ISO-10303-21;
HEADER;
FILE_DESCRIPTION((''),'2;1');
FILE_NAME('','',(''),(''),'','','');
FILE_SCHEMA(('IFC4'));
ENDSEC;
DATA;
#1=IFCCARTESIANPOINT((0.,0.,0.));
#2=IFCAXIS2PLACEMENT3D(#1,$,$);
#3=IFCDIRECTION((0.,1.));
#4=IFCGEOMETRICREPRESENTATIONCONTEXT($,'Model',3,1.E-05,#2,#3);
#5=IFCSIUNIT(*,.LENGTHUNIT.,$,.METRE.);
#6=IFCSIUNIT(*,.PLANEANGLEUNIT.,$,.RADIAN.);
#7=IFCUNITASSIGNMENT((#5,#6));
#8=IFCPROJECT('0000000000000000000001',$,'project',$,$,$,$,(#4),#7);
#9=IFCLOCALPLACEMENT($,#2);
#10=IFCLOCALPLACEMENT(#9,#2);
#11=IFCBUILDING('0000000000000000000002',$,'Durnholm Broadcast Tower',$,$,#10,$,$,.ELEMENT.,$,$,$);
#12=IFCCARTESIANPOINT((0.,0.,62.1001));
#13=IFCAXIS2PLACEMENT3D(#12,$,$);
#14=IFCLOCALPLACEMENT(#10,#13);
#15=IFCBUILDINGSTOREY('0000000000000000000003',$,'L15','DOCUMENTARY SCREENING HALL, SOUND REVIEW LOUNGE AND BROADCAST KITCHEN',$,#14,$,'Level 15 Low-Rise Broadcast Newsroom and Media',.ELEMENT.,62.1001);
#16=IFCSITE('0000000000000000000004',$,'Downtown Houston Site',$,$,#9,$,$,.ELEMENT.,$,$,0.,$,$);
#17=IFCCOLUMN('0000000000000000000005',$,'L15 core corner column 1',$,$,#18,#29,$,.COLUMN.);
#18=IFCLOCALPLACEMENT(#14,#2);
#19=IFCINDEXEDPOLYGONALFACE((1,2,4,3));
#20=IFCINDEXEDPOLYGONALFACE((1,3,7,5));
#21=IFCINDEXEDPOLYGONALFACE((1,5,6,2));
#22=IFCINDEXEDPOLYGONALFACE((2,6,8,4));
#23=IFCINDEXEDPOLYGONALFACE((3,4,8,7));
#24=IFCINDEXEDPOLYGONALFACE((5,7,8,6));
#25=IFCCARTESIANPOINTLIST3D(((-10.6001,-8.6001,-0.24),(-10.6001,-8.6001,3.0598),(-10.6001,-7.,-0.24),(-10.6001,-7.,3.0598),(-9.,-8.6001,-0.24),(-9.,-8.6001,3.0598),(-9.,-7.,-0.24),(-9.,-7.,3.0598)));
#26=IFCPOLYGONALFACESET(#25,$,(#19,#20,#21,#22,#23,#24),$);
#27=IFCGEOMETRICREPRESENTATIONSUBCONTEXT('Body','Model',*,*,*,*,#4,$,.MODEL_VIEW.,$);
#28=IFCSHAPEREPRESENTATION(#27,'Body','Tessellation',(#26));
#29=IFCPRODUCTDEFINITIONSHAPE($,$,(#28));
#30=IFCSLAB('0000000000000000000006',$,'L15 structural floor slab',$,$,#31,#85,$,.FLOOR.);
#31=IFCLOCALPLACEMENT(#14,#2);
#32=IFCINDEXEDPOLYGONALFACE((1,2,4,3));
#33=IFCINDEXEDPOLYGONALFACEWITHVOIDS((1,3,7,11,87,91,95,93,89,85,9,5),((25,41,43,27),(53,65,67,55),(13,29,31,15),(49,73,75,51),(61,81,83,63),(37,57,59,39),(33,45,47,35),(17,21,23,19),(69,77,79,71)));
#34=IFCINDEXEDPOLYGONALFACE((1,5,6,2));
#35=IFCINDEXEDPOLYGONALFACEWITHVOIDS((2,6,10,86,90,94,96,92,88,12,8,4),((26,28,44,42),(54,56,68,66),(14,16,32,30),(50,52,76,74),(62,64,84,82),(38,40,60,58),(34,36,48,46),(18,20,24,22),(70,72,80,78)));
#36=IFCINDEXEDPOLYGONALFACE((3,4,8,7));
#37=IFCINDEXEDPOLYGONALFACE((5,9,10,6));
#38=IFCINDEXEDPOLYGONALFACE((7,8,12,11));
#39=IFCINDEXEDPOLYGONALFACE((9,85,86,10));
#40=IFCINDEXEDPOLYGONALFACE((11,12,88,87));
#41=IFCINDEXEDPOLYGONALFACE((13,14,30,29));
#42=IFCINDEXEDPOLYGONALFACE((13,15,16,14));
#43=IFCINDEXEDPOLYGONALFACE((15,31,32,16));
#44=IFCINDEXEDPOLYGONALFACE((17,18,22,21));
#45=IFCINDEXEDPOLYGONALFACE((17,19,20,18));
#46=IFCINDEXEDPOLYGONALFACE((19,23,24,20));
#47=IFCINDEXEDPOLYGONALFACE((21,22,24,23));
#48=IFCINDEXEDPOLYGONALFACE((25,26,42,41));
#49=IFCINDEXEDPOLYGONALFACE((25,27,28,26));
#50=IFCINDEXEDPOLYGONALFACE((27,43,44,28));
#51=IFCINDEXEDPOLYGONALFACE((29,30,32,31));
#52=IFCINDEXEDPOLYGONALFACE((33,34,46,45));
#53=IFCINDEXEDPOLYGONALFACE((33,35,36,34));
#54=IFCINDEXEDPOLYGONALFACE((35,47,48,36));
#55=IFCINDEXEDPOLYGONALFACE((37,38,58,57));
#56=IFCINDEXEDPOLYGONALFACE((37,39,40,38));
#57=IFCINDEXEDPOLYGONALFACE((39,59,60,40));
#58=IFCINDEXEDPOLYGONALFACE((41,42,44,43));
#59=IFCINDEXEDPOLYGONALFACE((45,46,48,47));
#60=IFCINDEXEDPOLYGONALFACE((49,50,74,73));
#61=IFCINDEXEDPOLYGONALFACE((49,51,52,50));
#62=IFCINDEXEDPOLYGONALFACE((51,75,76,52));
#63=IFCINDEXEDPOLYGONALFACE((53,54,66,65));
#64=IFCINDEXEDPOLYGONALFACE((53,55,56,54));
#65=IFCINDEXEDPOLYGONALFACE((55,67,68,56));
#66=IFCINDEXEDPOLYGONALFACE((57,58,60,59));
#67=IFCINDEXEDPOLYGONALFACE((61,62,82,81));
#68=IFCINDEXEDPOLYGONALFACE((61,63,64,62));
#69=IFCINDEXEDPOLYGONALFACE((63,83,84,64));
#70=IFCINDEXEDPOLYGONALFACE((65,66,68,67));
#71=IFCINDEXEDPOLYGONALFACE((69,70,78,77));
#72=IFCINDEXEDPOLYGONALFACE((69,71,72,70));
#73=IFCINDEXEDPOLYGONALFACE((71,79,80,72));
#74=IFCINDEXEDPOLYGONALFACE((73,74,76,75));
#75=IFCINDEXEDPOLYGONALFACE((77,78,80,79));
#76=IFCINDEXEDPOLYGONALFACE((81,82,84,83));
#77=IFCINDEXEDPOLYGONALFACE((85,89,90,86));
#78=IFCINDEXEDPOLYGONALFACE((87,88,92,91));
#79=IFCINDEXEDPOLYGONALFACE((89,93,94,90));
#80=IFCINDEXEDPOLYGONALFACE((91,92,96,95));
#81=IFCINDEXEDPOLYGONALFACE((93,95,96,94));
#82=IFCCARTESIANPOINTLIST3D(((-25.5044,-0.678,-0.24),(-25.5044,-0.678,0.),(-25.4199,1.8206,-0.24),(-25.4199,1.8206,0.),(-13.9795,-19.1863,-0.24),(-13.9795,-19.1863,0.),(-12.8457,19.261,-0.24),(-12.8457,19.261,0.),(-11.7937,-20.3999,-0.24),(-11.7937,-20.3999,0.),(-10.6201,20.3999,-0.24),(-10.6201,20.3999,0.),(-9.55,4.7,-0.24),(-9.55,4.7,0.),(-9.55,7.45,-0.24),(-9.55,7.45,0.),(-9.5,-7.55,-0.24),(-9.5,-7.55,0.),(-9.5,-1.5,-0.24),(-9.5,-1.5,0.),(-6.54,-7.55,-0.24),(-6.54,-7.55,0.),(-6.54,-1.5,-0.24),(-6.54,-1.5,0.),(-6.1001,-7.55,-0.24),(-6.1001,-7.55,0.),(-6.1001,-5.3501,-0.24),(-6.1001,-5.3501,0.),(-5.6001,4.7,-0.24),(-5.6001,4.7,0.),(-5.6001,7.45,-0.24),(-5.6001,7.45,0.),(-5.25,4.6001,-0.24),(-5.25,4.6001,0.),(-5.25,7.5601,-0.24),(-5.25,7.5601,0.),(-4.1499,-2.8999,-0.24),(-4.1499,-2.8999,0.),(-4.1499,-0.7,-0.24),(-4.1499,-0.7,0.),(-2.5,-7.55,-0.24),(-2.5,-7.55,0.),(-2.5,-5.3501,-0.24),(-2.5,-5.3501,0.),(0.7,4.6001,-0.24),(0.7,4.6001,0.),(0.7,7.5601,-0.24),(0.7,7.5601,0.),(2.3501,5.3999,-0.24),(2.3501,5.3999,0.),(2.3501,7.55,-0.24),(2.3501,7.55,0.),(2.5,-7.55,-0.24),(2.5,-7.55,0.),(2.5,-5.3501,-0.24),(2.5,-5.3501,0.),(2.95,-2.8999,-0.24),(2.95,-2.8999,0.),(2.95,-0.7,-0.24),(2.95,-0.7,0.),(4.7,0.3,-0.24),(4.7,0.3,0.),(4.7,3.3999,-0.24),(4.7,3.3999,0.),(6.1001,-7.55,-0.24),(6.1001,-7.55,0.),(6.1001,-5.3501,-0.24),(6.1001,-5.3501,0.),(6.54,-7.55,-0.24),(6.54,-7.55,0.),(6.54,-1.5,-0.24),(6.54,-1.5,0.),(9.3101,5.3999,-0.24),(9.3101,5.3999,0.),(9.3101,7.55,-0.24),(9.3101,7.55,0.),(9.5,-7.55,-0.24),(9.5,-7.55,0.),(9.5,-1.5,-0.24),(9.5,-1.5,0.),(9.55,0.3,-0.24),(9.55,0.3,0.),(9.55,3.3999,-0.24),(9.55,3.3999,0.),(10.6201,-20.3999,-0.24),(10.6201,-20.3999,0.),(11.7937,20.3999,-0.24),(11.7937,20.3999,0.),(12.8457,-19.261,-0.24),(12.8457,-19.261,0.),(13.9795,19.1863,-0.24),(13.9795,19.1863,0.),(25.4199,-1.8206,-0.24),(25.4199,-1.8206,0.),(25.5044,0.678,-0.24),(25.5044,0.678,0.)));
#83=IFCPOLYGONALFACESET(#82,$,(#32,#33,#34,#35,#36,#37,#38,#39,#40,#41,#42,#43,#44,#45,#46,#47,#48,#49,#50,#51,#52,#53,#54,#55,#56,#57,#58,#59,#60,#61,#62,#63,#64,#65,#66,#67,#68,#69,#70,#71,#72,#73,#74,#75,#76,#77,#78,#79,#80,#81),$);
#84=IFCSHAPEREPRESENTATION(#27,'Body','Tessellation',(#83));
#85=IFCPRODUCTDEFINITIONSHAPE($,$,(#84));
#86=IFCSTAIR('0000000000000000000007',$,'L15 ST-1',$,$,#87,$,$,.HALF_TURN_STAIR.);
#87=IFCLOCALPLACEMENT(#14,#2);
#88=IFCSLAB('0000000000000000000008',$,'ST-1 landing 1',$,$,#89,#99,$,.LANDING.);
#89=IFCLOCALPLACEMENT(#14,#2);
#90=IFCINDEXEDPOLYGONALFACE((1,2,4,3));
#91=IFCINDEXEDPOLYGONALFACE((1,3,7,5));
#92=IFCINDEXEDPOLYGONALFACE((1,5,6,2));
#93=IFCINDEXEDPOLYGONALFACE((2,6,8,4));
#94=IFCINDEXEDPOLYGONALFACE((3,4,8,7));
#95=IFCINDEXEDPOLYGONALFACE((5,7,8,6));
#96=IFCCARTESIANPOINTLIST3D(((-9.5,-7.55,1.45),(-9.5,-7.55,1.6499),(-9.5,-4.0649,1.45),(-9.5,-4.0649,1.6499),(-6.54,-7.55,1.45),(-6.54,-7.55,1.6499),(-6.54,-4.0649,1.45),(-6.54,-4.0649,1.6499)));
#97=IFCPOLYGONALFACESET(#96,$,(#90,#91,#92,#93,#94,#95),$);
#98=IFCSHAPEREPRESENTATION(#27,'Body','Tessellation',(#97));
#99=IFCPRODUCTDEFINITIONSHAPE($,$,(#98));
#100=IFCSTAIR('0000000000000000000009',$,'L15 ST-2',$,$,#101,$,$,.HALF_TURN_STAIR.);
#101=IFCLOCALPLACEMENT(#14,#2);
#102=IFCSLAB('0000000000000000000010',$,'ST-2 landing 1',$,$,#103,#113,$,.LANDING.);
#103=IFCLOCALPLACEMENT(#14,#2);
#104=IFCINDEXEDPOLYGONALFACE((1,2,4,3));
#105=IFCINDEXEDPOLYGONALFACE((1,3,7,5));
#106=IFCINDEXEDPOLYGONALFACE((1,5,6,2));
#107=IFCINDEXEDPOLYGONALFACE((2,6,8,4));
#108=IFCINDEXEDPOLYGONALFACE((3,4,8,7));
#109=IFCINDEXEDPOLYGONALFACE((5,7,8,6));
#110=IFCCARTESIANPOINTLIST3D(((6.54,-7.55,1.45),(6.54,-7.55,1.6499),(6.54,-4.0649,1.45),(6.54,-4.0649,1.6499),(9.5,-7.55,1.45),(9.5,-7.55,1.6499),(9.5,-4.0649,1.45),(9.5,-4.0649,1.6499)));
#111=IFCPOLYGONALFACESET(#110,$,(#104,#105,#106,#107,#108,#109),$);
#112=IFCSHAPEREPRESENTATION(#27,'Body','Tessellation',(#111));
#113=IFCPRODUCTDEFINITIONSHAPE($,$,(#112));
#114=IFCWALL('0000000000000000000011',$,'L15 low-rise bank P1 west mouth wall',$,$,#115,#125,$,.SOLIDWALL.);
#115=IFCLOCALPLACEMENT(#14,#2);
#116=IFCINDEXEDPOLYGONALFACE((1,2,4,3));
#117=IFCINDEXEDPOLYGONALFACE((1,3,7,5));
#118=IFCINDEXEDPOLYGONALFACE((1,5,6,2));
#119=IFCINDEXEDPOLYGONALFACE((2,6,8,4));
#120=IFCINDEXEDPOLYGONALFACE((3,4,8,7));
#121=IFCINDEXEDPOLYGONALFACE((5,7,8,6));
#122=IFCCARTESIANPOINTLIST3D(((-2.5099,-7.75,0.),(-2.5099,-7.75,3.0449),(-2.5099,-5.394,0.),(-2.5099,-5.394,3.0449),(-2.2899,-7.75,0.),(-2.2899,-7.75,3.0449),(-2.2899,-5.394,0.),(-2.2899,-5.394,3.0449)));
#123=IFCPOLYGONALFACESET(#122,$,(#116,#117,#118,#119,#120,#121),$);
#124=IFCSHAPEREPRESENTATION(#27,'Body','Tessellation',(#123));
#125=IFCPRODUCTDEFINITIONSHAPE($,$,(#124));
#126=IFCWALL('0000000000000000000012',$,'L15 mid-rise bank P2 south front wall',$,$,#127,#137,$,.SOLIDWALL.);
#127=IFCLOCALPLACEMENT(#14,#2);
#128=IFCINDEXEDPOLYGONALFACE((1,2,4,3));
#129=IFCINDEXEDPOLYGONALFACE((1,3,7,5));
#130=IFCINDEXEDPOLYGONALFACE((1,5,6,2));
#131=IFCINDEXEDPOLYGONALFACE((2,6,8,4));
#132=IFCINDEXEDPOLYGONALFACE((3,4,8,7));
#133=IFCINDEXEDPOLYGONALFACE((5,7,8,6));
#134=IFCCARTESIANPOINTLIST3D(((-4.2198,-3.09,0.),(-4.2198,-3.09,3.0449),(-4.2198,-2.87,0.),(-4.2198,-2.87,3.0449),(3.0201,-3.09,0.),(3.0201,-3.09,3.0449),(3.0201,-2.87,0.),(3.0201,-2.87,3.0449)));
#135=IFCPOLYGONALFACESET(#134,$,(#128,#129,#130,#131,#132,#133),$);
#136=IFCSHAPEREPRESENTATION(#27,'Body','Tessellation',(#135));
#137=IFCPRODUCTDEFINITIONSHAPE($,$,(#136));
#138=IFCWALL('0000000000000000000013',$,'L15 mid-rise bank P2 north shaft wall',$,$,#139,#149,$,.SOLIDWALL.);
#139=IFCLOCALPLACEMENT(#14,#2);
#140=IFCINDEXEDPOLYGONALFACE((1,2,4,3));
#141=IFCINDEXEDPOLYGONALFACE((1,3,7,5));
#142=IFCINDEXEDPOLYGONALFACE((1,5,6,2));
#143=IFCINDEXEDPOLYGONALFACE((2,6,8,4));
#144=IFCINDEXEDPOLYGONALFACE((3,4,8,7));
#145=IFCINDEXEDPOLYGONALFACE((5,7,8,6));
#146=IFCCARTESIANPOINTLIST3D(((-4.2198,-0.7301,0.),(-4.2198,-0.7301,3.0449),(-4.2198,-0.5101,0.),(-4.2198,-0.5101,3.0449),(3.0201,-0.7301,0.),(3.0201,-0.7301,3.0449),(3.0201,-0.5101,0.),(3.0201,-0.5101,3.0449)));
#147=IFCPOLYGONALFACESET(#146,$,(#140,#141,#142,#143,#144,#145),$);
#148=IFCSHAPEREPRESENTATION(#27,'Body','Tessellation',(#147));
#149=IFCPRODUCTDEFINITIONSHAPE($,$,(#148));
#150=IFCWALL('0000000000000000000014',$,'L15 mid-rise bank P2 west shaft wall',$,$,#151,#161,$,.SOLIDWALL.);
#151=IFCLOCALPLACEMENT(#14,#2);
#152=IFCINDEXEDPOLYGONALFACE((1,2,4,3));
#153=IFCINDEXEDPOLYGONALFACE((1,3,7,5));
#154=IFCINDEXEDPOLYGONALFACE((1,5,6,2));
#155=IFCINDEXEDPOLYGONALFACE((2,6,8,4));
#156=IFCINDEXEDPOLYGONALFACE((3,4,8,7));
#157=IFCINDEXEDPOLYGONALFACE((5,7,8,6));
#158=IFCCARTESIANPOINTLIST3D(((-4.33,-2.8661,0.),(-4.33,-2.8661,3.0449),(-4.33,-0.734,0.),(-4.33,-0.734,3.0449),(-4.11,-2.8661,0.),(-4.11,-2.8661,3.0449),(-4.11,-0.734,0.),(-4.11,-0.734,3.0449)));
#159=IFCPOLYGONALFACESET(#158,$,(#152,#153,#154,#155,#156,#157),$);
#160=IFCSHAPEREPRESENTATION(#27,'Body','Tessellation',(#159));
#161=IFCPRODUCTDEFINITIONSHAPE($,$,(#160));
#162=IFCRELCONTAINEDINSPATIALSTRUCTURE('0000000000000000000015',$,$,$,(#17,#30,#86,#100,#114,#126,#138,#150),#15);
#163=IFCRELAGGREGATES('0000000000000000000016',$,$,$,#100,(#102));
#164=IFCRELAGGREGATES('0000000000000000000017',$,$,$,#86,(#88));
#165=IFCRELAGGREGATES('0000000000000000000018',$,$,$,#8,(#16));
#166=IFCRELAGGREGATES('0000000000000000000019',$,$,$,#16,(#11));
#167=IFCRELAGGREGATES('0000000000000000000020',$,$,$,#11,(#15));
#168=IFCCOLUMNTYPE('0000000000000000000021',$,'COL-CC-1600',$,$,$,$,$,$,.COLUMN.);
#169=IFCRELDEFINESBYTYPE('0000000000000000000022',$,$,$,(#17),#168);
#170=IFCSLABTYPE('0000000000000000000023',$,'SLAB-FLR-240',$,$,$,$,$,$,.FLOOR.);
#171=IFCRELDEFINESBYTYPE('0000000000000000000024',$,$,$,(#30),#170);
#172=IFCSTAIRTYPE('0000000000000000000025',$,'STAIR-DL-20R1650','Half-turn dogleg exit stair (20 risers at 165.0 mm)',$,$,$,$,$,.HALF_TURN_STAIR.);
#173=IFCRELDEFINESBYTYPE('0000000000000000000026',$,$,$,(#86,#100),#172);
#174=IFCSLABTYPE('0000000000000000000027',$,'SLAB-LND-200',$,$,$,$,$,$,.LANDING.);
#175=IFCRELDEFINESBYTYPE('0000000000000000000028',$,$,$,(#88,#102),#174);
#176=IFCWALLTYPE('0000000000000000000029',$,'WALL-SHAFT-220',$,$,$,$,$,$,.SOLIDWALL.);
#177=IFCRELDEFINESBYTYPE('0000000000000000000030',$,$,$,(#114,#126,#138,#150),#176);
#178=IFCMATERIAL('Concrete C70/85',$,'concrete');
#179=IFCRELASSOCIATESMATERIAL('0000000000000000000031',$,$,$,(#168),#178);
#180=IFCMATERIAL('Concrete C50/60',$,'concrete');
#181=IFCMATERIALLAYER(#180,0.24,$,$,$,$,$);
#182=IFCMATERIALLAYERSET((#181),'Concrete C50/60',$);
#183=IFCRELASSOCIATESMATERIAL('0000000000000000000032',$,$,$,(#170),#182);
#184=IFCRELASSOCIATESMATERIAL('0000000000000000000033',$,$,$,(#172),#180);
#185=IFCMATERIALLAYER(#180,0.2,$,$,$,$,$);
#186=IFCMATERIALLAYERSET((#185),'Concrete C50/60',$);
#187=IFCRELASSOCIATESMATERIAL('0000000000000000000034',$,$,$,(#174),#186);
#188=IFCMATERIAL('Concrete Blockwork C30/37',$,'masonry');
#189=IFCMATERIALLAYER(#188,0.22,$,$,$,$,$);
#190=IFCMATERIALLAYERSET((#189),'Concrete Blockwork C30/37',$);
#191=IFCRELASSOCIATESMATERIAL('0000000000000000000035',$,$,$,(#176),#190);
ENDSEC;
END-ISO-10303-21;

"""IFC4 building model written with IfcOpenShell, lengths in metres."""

from ifc_helpers import new_model, si_unit, direction, frame, frame_2d, origin, origin_2d, place, context, subcontext, project, spatial, polyline, rectangle, outline, extrude, source, transform, mapped, material, layer, layer_set, material_profile, profile_set, type_object, type_shapes, element, aggregate, save


model = new_model("IFC4")

# Units and contexts
model_context = context("Model", 3, precision=1e-05, world=origin(), true_north=direction((0.0, 1.0)))
body_context = subcontext(model_context, "Body", "Model", "MODEL_VIEW")
ifc_project = project(units=[si_unit("LENGTHUNIT", "METRE"), si_unit("PLANEANGLEUNIT", "RADIAN")], contexts=[model_context])

# Site, building, storey
site_placement = place(None, origin())
site = spatial("IfcSite", under=ifc_project, at=site_placement, Name="Downtown Houston Site", CompositionType="ELEMENT", RefElevation=0.0)
building_placement = place(site_placement, origin())
building = spatial("IfcBuilding", under=site, at=building_placement, Name="Durnholm Broadcast Tower", CompositionType="ELEMENT")
storey_placement = place(building_placement, frame((0.0, 0.0, 62.1001)))
storey = spatial("IfcBuildingStorey", under=building, at=storey_placement, Name="L15", Description="DOCUMENTARY SCREENING HALL, SOUND REVIEW LOUNGE AND BROADCAST KITCHEN", LongName="Level 15 Low-Rise Broadcast Newsroom and Media", CompositionType="ELEMENT", Elevation=62.1001)

# Column
ifc_material_1 = material(Name="Concrete C70/85", Category="concrete")
ifc_material_profile = material_profile(ifc_material_1, rectangle(XDim=1.6001, YDim=1.6001, at=origin_2d()), Name="RC1600X1600")
ifc_profile_set = profile_set([ifc_material_profile], Name="Concrete C70/85")
column_type = type_object("IfcColumnType", Name="COL-CC-1600", PredefinedType="COLUMN", material=ifc_profile_set)
shared_shape_1 = source(origin(), body_context, "Body", "SweptSolid", [
    extrude(rectangle(XDim=1.6001, YDim=1.6001, at=origin_2d()), origin(), (0.0, 0.0, 1.0), 3.2998),
])
type_shapes(column_type, [shared_shape_1])
column_placement = place(storey_placement, frame((-9.8, -7.8, -0.24), z_axis=(0.0, 0.0, 1.0), x_axis=(1.0, 0.0, 0.0)))
element("IfcColumn", 1, at=column_placement, inside=storey, type_object=column_type, Name="L15 core corner column 1", PredefinedType="COLUMN", context=body_context, shape_type="MappedRepresentation", body=[
    mapped(shared_shape_1, transform((0.0, 0.0, 0.0), x_axis=(1.0, 0.0, 0.0), y_axis=(0.0, 1.0, 0.0), z_axis=(0.0, 0.0, 1.0), scale=1.0)),
])

# Slab
ifc_material_2 = material(Name="Concrete C50/60", Category="concrete")
ifc_layer_1 = layer(ifc_material_2, 0.24)
ifc_layer_set_1 = layer_set([ifc_layer_1], Name="Concrete C50/60")
slab_type_1 = type_object("IfcSlabType", Name="SLAB-FLR-240", PredefinedType="FLOOR", material=ifc_layer_set_1)
slab_1_placement = place(storey_placement, frame((0.0, 0.0, -0.24)))
element("IfcSlab", 2, at=slab_1_placement, inside=storey, type_object=slab_type_1, Name="L15 structural floor slab", PredefinedType="FLOOR", context=body_context, shape_type="SweptSolid", body=[
    extrude(outline(polyline([(-13.9795, -19.1863), (-11.7937, -20.3999), (10.6201, -20.3999), (12.8457, -19.261), (25.4199, -1.8206), (25.5044, 0.678), (13.9795, 19.1863), (11.7937, 20.3999), (-10.6201, 20.3999), (-12.8457, 19.261), (-25.4199, 1.8206), (-25.5044, -0.678), (-13.9795, -19.1863)]), holes=[polyline([(-2.5, -5.3501), (-6.1001, -5.3501), (-6.1001, -7.55), (-2.5, -7.55), (-2.5, -5.3501)]), polyline([(6.1001, -5.3501), (2.5, -5.3501), (2.5, -7.55), (6.1001, -7.55), (6.1001, -5.3501)]), polyline([(-6.54, -7.55), (-6.54, -1.5), (-9.5, -1.5), (-9.5, -7.55), (-6.54, -7.55)]), polyline([(9.5, -7.55), (9.5, -1.5), (6.54, -1.5), (6.54, -7.55), (9.5, -7.55)]), polyline([(2.95, -0.7), (-4.1499, -0.7), (-4.1499, -2.8999), (2.95, -2.8999), (2.95, -0.7)]), polyline([(9.55, 3.3999), (4.7, 3.3999), (4.7, 0.3), (9.55, 0.3), (9.55, 3.3999)]), polyline([(-5.6001, 7.45), (-9.55, 7.45), (-9.55, 4.7), (-5.6001, 4.7), (-5.6001, 7.45)]), polyline([(-5.25, 7.5601), (-5.25, 4.6001), (0.7, 4.6001), (0.7, 7.5601), (-5.25, 7.5601)]), polyline([(9.3101, 5.3999), (9.3101, 7.55), (2.3501, 7.55), (2.3501, 5.3999), (9.3101, 5.3999)])]), origin(), (0.0, 0.0, 1.0), 0.24),
])

# Stairs, slabs
stair_type = type_object("IfcStairType", Name="STAIR-DL-20R1650", Description="Half-turn dogleg exit stair (20 risers at 165.0 mm)", PredefinedType="HALF_TURN_STAIR", material=ifc_material_2)
stair_1_placement = place(storey_placement, origin())
stair_1 = element("IfcStair", 3, at=stair_1_placement, inside=storey, type_object=stair_type, Name="L15 ST-1", PredefinedType="HALF_TURN_STAIR")
ifc_layer_2 = layer(ifc_material_2, 0.2)
ifc_layer_set_2 = layer_set([ifc_layer_2], Name="Concrete C50/60")
slab_type_2 = type_object("IfcSlabType", Name="SLAB-LND-200", PredefinedType="LANDING", material=ifc_layer_set_2)
slab_2_placement = place(storey_placement, frame((0.0, 0.0, 1.45)))
slab_2 = element("IfcSlab", 4, at=slab_2_placement, type_object=slab_type_2, Name="ST-1 landing 1", PredefinedType="LANDING", context=body_context, shape_type="SweptSolid", body=[
    extrude(outline(polyline([(-9.5, -4.0649), (-9.5, -7.55), (-6.54, -7.55), (-6.54, -4.0649), (-9.5, -4.0649)])), origin(), (0.0, 0.0, 1.0), 0.2),
])
stair_2_placement = place(storey_placement, origin())
stair_2 = element("IfcStair", 5, at=stair_2_placement, inside=storey, type_object=stair_type, Name="L15 ST-2", PredefinedType="HALF_TURN_STAIR")
slab_3_placement = place(storey_placement, frame((0.0, 0.0, 1.45)))
slab_3 = element("IfcSlab", 6, at=slab_3_placement, type_object=slab_type_2, Name="ST-2 landing 1", PredefinedType="LANDING", context=body_context, shape_type="SweptSolid", body=[
    extrude(outline(polyline([(6.54, -4.0649), (6.54, -7.55), (9.5, -7.55), (9.5, -4.0649), (6.54, -4.0649)])), origin(), (0.0, 0.0, 1.0), 0.2),
])
aggregate(stair_2, [slab_3])

# Shared definitions
ifc_material_3 = material(Name="Concrete Blockwork C30/37", Category="masonry")
ifc_layer_3 = layer(ifc_material_3, 0.22)
ifc_layer_set_3 = layer_set([ifc_layer_3], Name="Concrete Blockwork C30/37")
wall_type_1 = type_object("IfcWallType", Name="WALL-SHAFT-220", PredefinedType="SOLIDWALL", material=ifc_layer_set_3)

# Walls
wall_1_placement = place(storey_placement, frame((-2.3999, -7.75, 0.0), z_axis=(0.0, 0.0, 1.0), x_axis=(0.0, 1.0, 0.0)))
element("IfcWall", 7, at=wall_1_placement, inside=storey, type_object=wall_type_1, Name="L15 low-rise bank P1 west mouth wall", PredefinedType="SOLIDWALL", context=body_context, shape_type="SweptSolid", body=[
    extrude(rectangle(XDim=2.356, YDim=0.22, at=frame_2d((1.178, 0.0))), origin(), (0.0, 0.0, 1.0), 3.0449),
])
for number, where, z_axis, x_axis, name in (
    (8, (-4.22, -2.98, 0.0), (0.0, 0.0, 1.0), (1.0, 0.0, 0.0), "L15 mid-rise bank P2 south front wall"),
    (9, (-4.22, -0.6201, 0.0), (0.0, 0.0, 1.0), (1.0, 0.0, 0.0), "L15 mid-rise bank P2 north shaft wall"),
):
    element("IfcWall", number, at=place(storey_placement, frame(where, z_axis=z_axis, x_axis=x_axis)), inside=storey, type_object=wall_type_1, Name=name, PredefinedType="SOLIDWALL", context=body_context, shape_type="SweptSolid", body=[
        extrude(rectangle(XDim=7.24, YDim=0.22, at=frame_2d((3.6201, 0.0))), origin(), (0.0, 0.0, 1.0), 3.0449),
    ])
wall_2_placement = place(storey_placement, frame((-4.22, -2.866, 0.0), z_axis=(0.0, 0.0, 1.0), x_axis=(0.0, 1.0, 0.0)))
element("IfcWall", 10, at=wall_2_placement, inside=storey, type_object=wall_type_1, Name="L15 mid-rise bank P2 west shaft wall", PredefinedType="SOLIDWALL", context=body_context, shape_type="SweptSolid", body=[
    extrude(rectangle(XDim=2.1321, YDim=0.22, at=frame_2d((1.0659, 0.0))), origin(), (0.0, 0.0, 1.0), 3.0449),
])

aggregate(stair_1, [slab_2])

save(model, "model.ifc")
